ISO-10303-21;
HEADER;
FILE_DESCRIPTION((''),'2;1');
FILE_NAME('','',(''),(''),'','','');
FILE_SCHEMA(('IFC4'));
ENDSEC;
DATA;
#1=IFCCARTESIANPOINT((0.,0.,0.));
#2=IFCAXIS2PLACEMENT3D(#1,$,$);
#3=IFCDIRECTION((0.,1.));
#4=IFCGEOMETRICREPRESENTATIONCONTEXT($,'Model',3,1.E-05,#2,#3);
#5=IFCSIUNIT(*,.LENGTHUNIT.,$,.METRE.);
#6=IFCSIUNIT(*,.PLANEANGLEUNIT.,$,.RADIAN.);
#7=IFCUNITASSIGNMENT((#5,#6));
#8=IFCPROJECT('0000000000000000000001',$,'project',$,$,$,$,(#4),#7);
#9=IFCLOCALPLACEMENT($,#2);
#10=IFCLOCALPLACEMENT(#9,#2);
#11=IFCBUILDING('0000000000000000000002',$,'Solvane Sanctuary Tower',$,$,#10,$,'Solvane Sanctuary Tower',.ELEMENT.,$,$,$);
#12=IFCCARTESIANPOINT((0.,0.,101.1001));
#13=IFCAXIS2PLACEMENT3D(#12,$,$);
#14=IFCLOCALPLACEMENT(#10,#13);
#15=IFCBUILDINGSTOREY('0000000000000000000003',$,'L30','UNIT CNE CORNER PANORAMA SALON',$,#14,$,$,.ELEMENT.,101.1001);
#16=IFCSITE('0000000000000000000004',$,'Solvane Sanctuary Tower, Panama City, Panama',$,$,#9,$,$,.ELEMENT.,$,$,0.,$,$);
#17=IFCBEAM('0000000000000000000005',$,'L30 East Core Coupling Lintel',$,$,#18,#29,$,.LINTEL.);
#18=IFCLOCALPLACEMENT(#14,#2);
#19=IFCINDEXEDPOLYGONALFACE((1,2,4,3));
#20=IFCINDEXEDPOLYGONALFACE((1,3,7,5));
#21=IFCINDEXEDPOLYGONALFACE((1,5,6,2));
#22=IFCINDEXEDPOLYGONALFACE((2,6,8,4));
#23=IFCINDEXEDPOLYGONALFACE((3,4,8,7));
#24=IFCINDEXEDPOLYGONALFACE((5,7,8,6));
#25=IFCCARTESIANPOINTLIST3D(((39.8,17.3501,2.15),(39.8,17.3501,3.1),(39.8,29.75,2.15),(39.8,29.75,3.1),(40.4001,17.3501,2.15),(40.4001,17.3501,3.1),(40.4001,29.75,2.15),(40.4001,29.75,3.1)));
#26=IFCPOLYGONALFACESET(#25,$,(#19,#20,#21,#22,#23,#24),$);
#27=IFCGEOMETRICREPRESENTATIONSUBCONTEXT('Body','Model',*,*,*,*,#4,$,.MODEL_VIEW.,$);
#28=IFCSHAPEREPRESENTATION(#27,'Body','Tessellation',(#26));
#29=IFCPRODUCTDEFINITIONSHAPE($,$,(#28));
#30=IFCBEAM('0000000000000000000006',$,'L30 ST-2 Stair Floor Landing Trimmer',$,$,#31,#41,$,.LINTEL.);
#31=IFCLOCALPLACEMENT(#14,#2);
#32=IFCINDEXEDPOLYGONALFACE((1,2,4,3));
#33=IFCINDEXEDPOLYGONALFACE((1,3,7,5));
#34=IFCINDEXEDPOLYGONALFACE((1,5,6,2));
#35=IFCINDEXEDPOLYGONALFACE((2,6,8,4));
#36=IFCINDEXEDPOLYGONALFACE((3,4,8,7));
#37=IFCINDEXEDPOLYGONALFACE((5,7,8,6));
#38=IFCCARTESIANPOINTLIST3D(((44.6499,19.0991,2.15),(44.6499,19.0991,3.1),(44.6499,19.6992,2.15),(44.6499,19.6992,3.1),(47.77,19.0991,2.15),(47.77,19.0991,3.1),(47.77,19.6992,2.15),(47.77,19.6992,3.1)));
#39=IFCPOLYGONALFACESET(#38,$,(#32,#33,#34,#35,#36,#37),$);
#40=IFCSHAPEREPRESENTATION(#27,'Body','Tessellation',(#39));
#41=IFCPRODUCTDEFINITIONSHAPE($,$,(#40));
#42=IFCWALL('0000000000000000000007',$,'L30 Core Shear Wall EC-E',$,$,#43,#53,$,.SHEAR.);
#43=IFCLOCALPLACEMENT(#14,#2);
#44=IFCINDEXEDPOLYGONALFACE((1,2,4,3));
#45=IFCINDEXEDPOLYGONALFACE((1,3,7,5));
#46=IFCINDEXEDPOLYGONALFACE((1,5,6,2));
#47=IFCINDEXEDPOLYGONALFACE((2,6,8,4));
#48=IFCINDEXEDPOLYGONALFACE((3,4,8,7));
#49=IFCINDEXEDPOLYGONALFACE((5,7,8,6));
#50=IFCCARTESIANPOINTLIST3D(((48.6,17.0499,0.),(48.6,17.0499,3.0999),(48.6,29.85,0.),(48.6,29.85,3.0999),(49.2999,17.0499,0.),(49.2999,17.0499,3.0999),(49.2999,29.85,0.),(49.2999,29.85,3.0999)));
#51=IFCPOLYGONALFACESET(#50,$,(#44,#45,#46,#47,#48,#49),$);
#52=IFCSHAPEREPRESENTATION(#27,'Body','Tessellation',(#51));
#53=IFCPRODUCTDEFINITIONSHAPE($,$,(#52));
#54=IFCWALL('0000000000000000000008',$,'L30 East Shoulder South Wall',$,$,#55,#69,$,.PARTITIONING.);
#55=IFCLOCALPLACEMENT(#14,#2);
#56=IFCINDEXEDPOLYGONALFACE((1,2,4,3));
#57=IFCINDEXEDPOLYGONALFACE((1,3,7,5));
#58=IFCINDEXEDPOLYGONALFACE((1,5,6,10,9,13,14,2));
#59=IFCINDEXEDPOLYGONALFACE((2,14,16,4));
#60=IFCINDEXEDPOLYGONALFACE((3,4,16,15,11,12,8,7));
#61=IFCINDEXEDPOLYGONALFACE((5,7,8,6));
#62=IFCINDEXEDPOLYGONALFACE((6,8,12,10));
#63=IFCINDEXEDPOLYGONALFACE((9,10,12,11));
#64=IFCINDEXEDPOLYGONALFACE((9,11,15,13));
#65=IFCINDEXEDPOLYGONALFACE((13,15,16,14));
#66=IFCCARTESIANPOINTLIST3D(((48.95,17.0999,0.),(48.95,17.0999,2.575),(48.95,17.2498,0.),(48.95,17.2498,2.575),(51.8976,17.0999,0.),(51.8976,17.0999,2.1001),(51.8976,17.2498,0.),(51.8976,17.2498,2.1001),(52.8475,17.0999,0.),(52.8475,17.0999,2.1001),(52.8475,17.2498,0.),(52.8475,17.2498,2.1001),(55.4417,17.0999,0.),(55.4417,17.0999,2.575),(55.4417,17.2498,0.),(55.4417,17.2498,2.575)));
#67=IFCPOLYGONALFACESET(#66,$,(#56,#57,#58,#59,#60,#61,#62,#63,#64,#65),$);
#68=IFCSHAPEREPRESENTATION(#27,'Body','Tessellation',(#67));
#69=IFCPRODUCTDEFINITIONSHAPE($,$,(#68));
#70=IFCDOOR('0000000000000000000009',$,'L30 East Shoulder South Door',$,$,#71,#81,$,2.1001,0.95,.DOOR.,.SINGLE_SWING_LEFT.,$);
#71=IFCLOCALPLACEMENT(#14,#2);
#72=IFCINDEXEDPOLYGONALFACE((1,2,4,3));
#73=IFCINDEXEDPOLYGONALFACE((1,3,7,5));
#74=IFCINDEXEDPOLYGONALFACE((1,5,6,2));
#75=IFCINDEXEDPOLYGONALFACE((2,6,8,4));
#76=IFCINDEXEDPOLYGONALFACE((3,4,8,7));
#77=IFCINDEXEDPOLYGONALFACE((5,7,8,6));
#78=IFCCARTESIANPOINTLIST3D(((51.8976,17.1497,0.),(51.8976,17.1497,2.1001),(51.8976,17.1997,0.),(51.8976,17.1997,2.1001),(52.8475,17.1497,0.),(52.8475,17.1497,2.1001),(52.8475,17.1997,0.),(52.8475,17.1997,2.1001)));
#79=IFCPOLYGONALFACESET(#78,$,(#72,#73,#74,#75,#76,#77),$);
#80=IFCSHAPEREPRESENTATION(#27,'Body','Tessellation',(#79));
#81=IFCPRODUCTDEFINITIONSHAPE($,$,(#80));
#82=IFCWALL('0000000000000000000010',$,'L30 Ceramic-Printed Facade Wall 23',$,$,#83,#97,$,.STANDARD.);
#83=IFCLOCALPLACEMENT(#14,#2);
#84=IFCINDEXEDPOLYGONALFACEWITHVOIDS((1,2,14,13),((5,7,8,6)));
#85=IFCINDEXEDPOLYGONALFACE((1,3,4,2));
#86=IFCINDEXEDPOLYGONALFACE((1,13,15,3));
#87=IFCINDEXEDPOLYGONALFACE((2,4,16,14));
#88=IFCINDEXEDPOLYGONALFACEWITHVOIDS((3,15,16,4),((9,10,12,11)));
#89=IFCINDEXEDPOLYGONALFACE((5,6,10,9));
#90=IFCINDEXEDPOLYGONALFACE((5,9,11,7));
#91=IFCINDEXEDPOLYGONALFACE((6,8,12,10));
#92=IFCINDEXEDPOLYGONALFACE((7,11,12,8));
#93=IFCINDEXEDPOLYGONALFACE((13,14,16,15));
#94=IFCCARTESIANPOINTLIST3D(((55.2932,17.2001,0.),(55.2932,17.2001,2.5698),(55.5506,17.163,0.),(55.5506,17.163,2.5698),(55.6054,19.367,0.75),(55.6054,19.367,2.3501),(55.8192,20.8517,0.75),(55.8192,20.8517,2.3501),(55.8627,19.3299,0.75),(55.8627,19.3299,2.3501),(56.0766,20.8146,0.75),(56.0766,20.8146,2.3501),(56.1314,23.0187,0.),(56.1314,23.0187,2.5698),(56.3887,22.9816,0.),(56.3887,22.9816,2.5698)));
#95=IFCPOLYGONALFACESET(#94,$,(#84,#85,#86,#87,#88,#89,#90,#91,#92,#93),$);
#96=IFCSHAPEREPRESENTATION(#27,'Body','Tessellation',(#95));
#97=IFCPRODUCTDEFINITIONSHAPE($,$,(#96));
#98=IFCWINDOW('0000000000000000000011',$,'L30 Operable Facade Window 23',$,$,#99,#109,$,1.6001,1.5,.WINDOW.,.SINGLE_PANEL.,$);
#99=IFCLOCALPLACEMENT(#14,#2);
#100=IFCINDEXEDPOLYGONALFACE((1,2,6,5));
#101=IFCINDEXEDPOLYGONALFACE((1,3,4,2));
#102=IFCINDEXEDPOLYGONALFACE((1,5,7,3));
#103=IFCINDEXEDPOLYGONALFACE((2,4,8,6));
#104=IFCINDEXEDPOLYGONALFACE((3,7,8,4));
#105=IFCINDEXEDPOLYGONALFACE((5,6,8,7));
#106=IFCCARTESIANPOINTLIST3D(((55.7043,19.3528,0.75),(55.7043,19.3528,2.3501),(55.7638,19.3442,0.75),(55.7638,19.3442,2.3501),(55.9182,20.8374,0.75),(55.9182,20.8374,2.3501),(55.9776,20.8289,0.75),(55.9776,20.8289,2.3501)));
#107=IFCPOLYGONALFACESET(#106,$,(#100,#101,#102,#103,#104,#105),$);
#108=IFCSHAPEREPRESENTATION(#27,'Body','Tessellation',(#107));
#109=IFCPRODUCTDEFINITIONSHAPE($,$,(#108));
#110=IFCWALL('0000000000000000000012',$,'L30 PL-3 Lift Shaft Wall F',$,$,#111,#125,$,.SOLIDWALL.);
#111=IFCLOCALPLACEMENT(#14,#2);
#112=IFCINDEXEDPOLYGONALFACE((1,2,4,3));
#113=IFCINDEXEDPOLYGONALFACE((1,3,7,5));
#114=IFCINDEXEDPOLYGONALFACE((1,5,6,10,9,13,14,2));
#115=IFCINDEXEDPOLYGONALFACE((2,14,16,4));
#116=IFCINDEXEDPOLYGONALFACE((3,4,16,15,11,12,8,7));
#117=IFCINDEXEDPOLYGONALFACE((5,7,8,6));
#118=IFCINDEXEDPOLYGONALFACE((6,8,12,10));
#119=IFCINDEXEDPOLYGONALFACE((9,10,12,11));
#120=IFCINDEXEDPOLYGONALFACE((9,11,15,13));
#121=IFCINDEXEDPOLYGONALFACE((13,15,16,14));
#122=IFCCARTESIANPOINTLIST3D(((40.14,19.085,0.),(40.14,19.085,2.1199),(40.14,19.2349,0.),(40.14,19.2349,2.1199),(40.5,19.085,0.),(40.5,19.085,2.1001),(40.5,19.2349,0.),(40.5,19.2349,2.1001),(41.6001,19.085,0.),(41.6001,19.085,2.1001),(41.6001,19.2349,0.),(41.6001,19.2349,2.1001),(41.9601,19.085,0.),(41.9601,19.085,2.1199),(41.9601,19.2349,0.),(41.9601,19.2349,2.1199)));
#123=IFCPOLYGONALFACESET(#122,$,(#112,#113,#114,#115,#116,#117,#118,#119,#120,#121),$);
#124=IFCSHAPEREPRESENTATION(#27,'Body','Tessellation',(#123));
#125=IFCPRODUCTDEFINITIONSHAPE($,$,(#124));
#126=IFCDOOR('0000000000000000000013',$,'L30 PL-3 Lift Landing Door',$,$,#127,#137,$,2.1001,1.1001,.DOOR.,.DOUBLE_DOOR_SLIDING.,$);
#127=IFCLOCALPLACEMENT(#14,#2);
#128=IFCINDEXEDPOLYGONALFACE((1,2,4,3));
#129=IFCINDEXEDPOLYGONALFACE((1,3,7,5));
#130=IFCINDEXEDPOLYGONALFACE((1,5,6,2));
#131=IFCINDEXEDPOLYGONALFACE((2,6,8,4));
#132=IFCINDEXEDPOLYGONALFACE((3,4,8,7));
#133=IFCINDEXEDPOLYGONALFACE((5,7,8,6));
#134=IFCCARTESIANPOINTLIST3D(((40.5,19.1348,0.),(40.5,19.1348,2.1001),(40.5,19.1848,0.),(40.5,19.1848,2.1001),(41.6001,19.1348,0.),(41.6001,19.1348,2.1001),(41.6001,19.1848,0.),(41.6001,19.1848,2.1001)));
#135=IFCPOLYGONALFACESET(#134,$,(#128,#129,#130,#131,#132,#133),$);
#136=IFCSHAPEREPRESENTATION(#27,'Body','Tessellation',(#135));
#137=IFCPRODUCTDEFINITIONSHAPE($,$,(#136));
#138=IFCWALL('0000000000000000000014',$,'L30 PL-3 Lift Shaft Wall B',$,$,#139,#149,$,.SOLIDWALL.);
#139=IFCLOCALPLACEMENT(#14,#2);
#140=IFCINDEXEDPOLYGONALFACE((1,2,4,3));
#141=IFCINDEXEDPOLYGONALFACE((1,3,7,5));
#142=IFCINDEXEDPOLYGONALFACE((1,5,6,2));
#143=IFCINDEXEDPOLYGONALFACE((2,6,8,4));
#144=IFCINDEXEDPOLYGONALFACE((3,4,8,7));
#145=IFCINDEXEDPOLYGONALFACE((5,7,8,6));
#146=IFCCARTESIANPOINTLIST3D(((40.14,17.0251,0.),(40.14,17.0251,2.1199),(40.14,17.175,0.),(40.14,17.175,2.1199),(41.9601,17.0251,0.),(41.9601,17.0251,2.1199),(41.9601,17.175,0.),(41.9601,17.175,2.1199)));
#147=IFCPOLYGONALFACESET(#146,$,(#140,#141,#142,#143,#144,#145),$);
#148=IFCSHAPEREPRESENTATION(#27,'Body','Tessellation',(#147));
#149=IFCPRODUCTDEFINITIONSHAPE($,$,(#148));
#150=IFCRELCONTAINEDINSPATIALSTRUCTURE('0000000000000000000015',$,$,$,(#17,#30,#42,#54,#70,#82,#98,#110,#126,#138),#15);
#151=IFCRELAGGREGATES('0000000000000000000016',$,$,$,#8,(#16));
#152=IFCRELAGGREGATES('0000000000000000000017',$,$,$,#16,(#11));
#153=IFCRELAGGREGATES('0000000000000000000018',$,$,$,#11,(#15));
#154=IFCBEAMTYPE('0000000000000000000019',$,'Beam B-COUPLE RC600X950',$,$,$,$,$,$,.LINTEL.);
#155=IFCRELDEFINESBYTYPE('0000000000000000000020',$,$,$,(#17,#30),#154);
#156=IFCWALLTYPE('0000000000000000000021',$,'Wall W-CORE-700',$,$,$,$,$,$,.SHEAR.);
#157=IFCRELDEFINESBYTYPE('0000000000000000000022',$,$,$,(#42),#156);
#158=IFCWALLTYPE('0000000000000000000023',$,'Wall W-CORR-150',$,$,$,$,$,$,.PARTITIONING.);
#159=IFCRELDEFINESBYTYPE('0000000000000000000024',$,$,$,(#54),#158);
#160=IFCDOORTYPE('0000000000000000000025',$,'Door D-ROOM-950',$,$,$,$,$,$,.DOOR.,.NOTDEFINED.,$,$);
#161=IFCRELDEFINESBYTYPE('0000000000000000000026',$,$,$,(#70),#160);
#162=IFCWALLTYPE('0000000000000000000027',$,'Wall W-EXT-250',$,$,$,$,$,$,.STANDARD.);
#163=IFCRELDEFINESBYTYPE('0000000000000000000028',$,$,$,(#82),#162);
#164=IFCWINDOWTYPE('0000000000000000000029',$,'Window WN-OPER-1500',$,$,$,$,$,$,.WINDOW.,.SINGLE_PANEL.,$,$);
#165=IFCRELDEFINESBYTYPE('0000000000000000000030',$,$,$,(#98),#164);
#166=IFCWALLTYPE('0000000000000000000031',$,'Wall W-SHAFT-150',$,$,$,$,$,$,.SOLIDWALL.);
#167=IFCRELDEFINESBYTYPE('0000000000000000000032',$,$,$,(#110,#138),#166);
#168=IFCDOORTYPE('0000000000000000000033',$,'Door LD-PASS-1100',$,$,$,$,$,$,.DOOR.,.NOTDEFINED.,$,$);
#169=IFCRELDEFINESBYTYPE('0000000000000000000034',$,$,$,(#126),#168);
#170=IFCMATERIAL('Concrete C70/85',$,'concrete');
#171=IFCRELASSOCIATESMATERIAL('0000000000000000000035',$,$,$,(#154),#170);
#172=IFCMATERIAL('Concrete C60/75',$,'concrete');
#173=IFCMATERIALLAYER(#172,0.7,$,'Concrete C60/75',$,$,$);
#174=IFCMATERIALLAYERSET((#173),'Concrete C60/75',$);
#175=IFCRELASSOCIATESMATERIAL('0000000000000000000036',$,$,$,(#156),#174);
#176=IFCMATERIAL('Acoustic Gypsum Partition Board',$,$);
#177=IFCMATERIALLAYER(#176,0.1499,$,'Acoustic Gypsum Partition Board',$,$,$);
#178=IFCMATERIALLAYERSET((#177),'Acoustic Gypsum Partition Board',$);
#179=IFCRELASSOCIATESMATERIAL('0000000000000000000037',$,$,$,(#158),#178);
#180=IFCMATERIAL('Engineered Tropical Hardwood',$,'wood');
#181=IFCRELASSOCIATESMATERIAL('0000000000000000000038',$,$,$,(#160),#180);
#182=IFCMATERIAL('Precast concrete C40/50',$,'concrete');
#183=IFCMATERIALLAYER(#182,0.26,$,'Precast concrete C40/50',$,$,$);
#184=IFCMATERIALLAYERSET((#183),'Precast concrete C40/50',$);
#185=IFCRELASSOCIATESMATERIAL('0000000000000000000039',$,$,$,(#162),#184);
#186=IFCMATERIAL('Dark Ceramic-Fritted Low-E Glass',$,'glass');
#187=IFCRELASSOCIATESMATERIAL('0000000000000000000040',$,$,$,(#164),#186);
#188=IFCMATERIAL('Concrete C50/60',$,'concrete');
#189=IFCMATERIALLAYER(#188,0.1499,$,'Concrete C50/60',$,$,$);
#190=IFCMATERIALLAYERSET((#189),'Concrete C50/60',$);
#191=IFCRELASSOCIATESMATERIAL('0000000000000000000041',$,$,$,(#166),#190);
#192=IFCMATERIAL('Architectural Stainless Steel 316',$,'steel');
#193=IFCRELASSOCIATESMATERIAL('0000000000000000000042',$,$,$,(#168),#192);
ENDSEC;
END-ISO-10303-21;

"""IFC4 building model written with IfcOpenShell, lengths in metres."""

from ifc_helpers import new_model, si_unit, direction, frame, frame_2d, origin, origin_2d, place, context, subcontext, project, spatial, rectangle, extrude, material, layer, layer_set, material_profile, profile_set, type_object, element, fill, save


model = new_model("IFC4")

# Units and contexts
model_context = context("Model", 3, precision=1e-05, world=origin(), true_north=direction((0.0, 1.0)))
body_context = subcontext(model_context, "Body", "Model", "MODEL_VIEW")
ifc_project = project(units=[si_unit("LENGTHUNIT", "METRE"), si_unit("PLANEANGLEUNIT", "RADIAN")], contexts=[model_context])

# Site, building, storey
site_placement = place(None, origin())
site = spatial("IfcSite", under=ifc_project, at=site_placement, Name="Solvane Sanctuary Tower, Panama City, Panama", CompositionType="ELEMENT", RefElevation=0.0)
building_placement = place(site_placement, origin())
building = spatial("IfcBuilding", under=site, at=building_placement, Name="Solvane Sanctuary Tower", LongName="Solvane Sanctuary Tower", CompositionType="ELEMENT")
storey_placement = place(building_placement, frame((0.0, 0.0, 101.1001)))
storey = spatial("IfcBuildingStorey", under=building, at=storey_placement, Name="L30", Description="UNIT CNE CORNER PANORAMA SALON", CompositionType="ELEMENT", Elevation=101.1001)

# Beams
ifc_material_1 = material(Name="Concrete C70/85", Category="concrete")
ifc_material_profile = material_profile(ifc_material_1, rectangle(XDim=0.6001, YDim=0.95, at=origin_2d()), Name="RC600X950")
ifc_profile_set = profile_set([ifc_material_profile], Name="Concrete C70/85")
beam_type = type_object("IfcBeamType", Name="Beam B-COUPLE RC600X950", PredefinedType="LINTEL", material=ifc_profile_set)
beam_1_placement = place(storey_placement, frame((40.1001, 17.3501, 2.625), z_axis=(0.0, 1.0, 0.0), x_axis=(-1.0, 0.0, 0.0)))
element("IfcBeam", 1, at=beam_1_placement, inside=storey, type_object=beam_type, Name="L30 East Core Coupling Lintel", PredefinedType="LINTEL", context=body_context, shape_type="SweptSolid", body=[
    extrude(rectangle(XDim=0.6001, YDim=0.95, at=origin_2d()), origin(), (0.0, 0.0, 1.0), 12.3999),
])
beam_2_placement = place(storey_placement, frame((44.6499, 19.3992, 2.625), z_axis=(1.0, 0.0, 0.0), x_axis=(0.0, 1.0, 0.0)))
element("IfcBeam", 2, at=beam_2_placement, inside=storey, type_object=beam_type, Name="L30 ST-2 Stair Floor Landing Trimmer", PredefinedType="LINTEL", context=body_context, shape_type="SweptSolid", body=[
    extrude(rectangle(XDim=0.6001, YDim=0.95, at=origin_2d()), origin(), (0.0, 0.0, 1.0), 3.1201),
])

# Wall
ifc_material_2 = material(Name="Concrete C60/75", Category="concrete")
ifc_layer_1 = layer(ifc_material_2, 0.7, Name="Concrete C60/75")
ifc_layer_set_1 = layer_set([ifc_layer_1], Name="Concrete C60/75")
wall_type_1 = type_object("IfcWallType", Name="Wall W-CORE-700", PredefinedType="SHEAR", material=ifc_layer_set_1)
wall_1_placement = place(storey_placement, frame((48.95, 17.05, 0.0), z_axis=(0.0, 0.0, 1.0), x_axis=(0.0, 1.0, 0.0)))
element("IfcWall", 3, at=wall_1_placement, inside=storey, type_object=wall_type_1, Name="L30 Core Shear Wall EC-E", PredefinedType="SHEAR", context=body_context, shape_type="SweptSolid", body=[
    extrude(rectangle(XDim=12.8, YDim=0.7, at=frame_2d((6.3999, 0.0))), origin(), (0.0, 0.0, 1.0), 3.0999),
])

# Wall, opening, door
ifc_material_3 = material(Name="Acoustic Gypsum Partition Board")
ifc_layer_2 = layer(ifc_material_3, 0.1499, Name="Acoustic Gypsum Partition Board")
ifc_layer_set_2 = layer_set([ifc_layer_2], Name="Acoustic Gypsum Partition Board")
wall_type_2 = type_object("IfcWallType", Name="Wall W-CORR-150", PredefinedType="PARTITIONING", material=ifc_layer_set_2)
wall_2_placement = place(storey_placement, frame((48.95, 17.1748, 0.0), z_axis=(0.0, 0.0, 1.0), x_axis=(1.0, 0.0, 0.0)))
wall_2 = element("IfcWall", 4, at=wall_2_placement, inside=storey, type_object=wall_type_2, Name="L30 East Shoulder South Wall", PredefinedType="PARTITIONING", context=body_context, shape_type="SweptSolid", body=[
    extrude(rectangle(XDim=6.4917, YDim=0.1499, at=frame_2d((3.2458, 0.0))), origin(), (0.0, 0.0, 1.0), 2.575),
])
opening_1_placement = place(wall_2_placement, frame((2.9475, 0.0, 0.0)))
opening_1 = element("IfcOpeningElement", 5, at=opening_1_placement, cuts=wall_2, PredefinedType="OPENING", context=body_context, shape_type="SweptSolid", body=[
    extrude(rectangle(XDim=0.95, YDim=2.1001, at=frame_2d((0.4751, 1.05))), frame((0.0, 0.085, 0.0), z_axis=(0.0, -1.0, 0.0), x_axis=(1.0, 0.0, 0.0)), (0.0, 0.0, 1.0), 0.1699),
])
ifc_material_4 = material(Name="Engineered Tropical Hardwood", Category="wood")
door_type_1 = type_object("IfcDoorType", Name="Door D-ROOM-950", OperationType="NOTDEFINED", PredefinedType="DOOR", material=ifc_material_4)
door_1_placement = place(opening_1_placement, origin())
door_1 = element("IfcDoor", 6, at=door_1_placement, inside=storey, type_object=door_type_1, Name="L30 East Shoulder South Door", OperationType="SINGLE_SWING_LEFT", OverallHeight=2.1001, OverallWidth=0.95, PredefinedType="DOOR", context=body_context, shape_type="SweptSolid", body=[
    extrude(rectangle(XDim=0.95, YDim=2.1001, at=frame_2d((0.4751, 1.05))), frame((0.0, 0.0249, 0.0), z_axis=(0.0, -1.0, 0.0), x_axis=(1.0, 0.0, 0.0)), (0.0, 0.0, 1.0), 0.05),
])
fill(opening_1, door_1)

# Wall, opening, window
ifc_material_5 = material(Name="Precast concrete C40/50", Category="concrete")
ifc_layer_3 = layer(ifc_material_5, 0.26, Name="Precast concrete C40/50")
ifc_layer_set_3 = layer_set([ifc_layer_3], Name="Precast concrete C40/50")
wall_type_3 = type_object("IfcWallType", Name="Wall W-EXT-250", PredefinedType="STANDARD", material=ifc_layer_set_3)
wall_3_placement = place(storey_placement, frame((55.4219, 17.1814, 0.0), z_axis=(0.0, 0.0, 1.0), x_axis=(0.142572, 0.989784, 0.0)))
wall_3 = element("IfcWall", 7, at=wall_3_placement, inside=storey, type_object=wall_type_3, Name="L30 Ceramic-Printed Facade Wall 23", PredefinedType="STANDARD", context=body_context, shape_type="SweptSolid", body=[
    extrude(rectangle(XDim=5.8787, YDim=0.26, at=frame_2d((2.9395, 0.0))), origin(), (0.0, 0.0, 1.0), 2.5698),
])
opening_2_placement = place(wall_3_placement, frame((2.1895, 0.0, 0.75)))
opening_2 = element("IfcOpeningElement", 8, at=opening_2_placement, cuts=wall_3, PredefinedType="OPENING", context=body_context, shape_type="SweptSolid", body=[
    extrude(rectangle(XDim=1.5, YDim=1.6001, at=frame_2d((0.75, 0.8))), frame((0.0, 0.1399, 0.0), z_axis=(0.0, -1.0, 0.0), x_axis=(1.0, 0.0, 0.0)), (0.0, 0.0, 1.0), 0.28),
])
ifc_material_6 = material(Name="Dark Ceramic-Fritted Low-E Glass", Category="glass")
window_type = type_object("IfcWindowType", Name="Window WN-OPER-1500", PartitioningType="SINGLE_PANEL", PredefinedType="WINDOW", material=ifc_material_6)
window_placement = place(opening_2_placement, origin())
window = element("IfcWindow", 9, at=window_placement, inside=storey, type_object=window_type, Name="L30 Operable Facade Window 23", OverallHeight=1.6001, OverallWidth=1.5, PartitioningType="SINGLE_PANEL", PredefinedType="WINDOW", context=body_context, shape_type="SweptSolid", body=[
    extrude(rectangle(XDim=1.5, YDim=1.6001, at=frame_2d((0.75, 0.8))), frame((0.0, 0.03, 0.0), z_axis=(0.0, -1.0, 0.0), x_axis=(1.0, 0.0, 0.0)), (0.0, 0.0, 1.0), 0.0601),
])
fill(opening_2, window)

# Wall, opening, door
ifc_material_7 = material(Name="Concrete C50/60", Category="concrete")
ifc_layer_4 = layer(ifc_material_7, 0.1499, Name="Concrete C50/60")
ifc_layer_set_4 = layer_set([ifc_layer_4], Name="Concrete C50/60")
wall_type_4 = type_object("IfcWallType", Name="Wall W-SHAFT-150", PredefinedType="SOLIDWALL", material=ifc_layer_set_4)
wall_4_placement = place(storey_placement, frame((40.1399, 19.1599, 0.0), z_axis=(0.0, 0.0, 1.0), x_axis=(1.0, 0.0, 0.0)))
wall_4 = element("IfcWall", 10, at=wall_4_placement, inside=storey, type_object=wall_type_4, Name="L30 PL-3 Lift Shaft Wall F", PredefinedType="SOLIDWALL", context=body_context, shape_type="SweptSolid", body=[
    extrude(rectangle(XDim=1.8201, YDim=0.1499, at=frame_2d((0.9102, 0.0))), origin(), (0.0, 0.0, 1.0), 2.1199),
])
opening_3_placement = place(wall_4_placement, frame((0.3601, 0.0, 0.0)))
opening_3 = element("IfcOpeningElement", 11, at=opening_3_placement, cuts=wall_4, PredefinedType="OPENING", context=body_context, shape_type="SweptSolid", body=[
    extrude(rectangle(XDim=1.1001, YDim=2.1001, at=frame_2d((0.55, 1.05))), frame((0.0, 0.085, 0.0), z_axis=(0.0, -1.0, 0.0), x_axis=(1.0, 0.0, 0.0)), (0.0, 0.0, 1.0), 0.1699),
])
ifc_material_8 = material(Name="Architectural Stainless Steel 316", Category="steel")
door_type_2 = type_object("IfcDoorType", Name="Door LD-PASS-1100", OperationType="NOTDEFINED", PredefinedType="DOOR", material=ifc_material_8)
door_2_placement = place(opening_3_placement, origin())
door_2 = element("IfcDoor", 12, at=door_2_placement, inside=storey, type_object=door_type_2, Name="L30 PL-3 Lift Landing Door", OperationType="DOUBLE_DOOR_SLIDING", OverallHeight=2.1001, OverallWidth=1.1001, PredefinedType="DOOR", context=body_context, shape_type="SweptSolid", body=[
    extrude(rectangle(XDim=1.1001, YDim=2.1001, at=frame_2d((0.55, 1.05))), frame((0.0, 0.0249, 0.0), z_axis=(0.0, -1.0, 0.0), x_axis=(1.0, 0.0, 0.0)), (0.0, 0.0, 1.0), 0.05),
])
fill(opening_3, door_2)

# Wall
wall_5_placement = place(storey_placement, frame((40.1399, 17.1001, 0.0), z_axis=(0.0, 0.0, 1.0), x_axis=(1.0, 0.0, 0.0)))
element("IfcWall", 13, at=wall_5_placement, inside=storey, type_object=wall_type_4, Name="L30 PL-3 Lift Shaft Wall B", PredefinedType="SOLIDWALL", context=body_context, shape_type="SweptSolid", body=[
    extrude(rectangle(XDim=1.8201, YDim=0.1499, at=frame_2d((0.9102, 0.0))), origin(), (0.0, 0.0, 1.0), 2.1199),
])

save(model, "model.ifc")
